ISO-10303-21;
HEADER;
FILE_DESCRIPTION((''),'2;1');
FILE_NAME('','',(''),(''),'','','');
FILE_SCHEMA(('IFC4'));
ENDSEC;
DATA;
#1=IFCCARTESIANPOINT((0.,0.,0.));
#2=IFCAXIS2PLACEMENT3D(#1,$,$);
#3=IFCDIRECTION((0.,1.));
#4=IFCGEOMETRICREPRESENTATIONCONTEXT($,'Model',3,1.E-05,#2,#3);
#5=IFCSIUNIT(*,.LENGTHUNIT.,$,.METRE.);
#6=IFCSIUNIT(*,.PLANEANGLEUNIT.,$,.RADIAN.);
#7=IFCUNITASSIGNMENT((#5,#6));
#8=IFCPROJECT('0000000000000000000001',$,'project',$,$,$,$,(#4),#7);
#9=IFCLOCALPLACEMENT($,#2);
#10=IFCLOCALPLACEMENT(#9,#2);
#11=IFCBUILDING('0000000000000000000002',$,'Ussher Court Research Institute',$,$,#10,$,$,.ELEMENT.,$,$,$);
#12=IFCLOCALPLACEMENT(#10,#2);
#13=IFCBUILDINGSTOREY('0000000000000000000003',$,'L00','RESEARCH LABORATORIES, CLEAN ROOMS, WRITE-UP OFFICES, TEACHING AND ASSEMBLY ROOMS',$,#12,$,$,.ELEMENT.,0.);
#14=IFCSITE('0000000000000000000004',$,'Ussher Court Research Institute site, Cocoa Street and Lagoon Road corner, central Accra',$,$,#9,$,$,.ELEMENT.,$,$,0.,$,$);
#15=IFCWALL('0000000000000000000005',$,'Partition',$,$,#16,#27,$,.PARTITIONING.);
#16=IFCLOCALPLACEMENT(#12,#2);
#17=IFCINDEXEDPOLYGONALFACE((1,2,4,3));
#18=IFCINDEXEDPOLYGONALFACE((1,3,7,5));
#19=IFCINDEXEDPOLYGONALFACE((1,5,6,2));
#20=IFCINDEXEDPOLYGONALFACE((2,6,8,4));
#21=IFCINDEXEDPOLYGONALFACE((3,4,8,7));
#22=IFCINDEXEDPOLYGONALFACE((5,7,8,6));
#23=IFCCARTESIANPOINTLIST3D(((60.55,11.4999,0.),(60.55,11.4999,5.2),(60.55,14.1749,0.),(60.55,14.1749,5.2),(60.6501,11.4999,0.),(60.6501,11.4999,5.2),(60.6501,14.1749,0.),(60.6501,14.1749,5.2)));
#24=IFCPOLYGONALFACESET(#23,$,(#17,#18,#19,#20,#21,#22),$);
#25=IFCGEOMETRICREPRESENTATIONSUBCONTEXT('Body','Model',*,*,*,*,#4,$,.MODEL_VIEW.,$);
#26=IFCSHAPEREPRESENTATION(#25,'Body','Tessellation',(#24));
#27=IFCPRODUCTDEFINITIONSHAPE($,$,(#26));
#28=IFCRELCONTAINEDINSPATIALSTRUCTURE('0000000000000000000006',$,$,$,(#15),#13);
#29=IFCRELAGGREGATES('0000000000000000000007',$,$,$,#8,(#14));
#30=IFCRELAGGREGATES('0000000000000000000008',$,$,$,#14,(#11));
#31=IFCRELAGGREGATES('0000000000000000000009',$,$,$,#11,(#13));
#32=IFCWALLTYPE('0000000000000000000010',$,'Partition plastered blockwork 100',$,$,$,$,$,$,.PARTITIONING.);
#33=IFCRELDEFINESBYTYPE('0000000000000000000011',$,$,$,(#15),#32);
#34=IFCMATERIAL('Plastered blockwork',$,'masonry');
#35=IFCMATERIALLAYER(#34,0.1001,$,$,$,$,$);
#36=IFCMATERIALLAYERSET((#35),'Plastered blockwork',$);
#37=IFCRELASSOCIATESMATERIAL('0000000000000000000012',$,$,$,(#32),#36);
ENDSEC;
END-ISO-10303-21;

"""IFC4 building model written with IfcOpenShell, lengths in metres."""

from ifc_helpers import new_model, si_unit, direction, frame, frame_2d, origin, place, context, subcontext, project, spatial, rectangle, extrude, material, layer, layer_set, type_object, element, save


model = new_model("IFC4")

# Units and contexts
model_context = context("Model", 3, precision=1e-05, world=origin(), true_north=direction((0.0, 1.0)))
body_context = subcontext(model_context, "Body", "Model", "MODEL_VIEW")
ifc_project = project(units=[si_unit("LENGTHUNIT", "METRE"), si_unit("PLANEANGLEUNIT", "RADIAN")], contexts=[model_context])

# Site, building, storey
site_placement = place(None, origin())
site = spatial("IfcSite", under=ifc_project, at=site_placement, Name="Ussher Court Research Institute site, Cocoa Street and Lagoon Road corner, central Accra", CompositionType="ELEMENT", RefElevation=0.0)
building_placement = place(site_placement, origin())
building = spatial("IfcBuilding", under=site, at=building_placement, Name="Ussher Court Research Institute", CompositionType="ELEMENT")
storey_placement = place(building_placement, origin())
storey = spatial("IfcBuildingStorey", under=building, at=storey_placement, Name="L00", Description="RESEARCH LABORATORIES, CLEAN ROOMS, WRITE-UP OFFICES, TEACHING AND ASSEMBLY ROOMS", CompositionType="ELEMENT", Elevation=0.0)

# Wall
ifc_material_1 = material(Name="Plastered blockwork", Category="masonry")
ifc_layer = layer(ifc_material_1, 0.1001)
ifc_layer_set = layer_set([ifc_layer], Name="Plastered blockwork")
wall_type = type_object("IfcWallType", Name="Partition plastered blockwork 100", PredefinedType="PARTITIONING", material=ifc_layer_set)
wall_placement = place(storey_placement, frame((60.6001, 11.5, 0.0), z_axis=(0.0, 0.0, 1.0), x_axis=(0.0, 1.0, 0.0)))
element("IfcWall", 1, at=wall_placement, inside=storey, type_object=wall_type, Name="Partition", PredefinedType="PARTITIONING", context=body_context, shape_type="SweptSolid", body=[
    extrude(rectangle(XDim=2.675, YDim=0.1001, at=frame_2d((1.3374, 0.0))), origin(), (0.0, 0.0, 1.0), 5.2),
])

save(model, "model.ifc")
